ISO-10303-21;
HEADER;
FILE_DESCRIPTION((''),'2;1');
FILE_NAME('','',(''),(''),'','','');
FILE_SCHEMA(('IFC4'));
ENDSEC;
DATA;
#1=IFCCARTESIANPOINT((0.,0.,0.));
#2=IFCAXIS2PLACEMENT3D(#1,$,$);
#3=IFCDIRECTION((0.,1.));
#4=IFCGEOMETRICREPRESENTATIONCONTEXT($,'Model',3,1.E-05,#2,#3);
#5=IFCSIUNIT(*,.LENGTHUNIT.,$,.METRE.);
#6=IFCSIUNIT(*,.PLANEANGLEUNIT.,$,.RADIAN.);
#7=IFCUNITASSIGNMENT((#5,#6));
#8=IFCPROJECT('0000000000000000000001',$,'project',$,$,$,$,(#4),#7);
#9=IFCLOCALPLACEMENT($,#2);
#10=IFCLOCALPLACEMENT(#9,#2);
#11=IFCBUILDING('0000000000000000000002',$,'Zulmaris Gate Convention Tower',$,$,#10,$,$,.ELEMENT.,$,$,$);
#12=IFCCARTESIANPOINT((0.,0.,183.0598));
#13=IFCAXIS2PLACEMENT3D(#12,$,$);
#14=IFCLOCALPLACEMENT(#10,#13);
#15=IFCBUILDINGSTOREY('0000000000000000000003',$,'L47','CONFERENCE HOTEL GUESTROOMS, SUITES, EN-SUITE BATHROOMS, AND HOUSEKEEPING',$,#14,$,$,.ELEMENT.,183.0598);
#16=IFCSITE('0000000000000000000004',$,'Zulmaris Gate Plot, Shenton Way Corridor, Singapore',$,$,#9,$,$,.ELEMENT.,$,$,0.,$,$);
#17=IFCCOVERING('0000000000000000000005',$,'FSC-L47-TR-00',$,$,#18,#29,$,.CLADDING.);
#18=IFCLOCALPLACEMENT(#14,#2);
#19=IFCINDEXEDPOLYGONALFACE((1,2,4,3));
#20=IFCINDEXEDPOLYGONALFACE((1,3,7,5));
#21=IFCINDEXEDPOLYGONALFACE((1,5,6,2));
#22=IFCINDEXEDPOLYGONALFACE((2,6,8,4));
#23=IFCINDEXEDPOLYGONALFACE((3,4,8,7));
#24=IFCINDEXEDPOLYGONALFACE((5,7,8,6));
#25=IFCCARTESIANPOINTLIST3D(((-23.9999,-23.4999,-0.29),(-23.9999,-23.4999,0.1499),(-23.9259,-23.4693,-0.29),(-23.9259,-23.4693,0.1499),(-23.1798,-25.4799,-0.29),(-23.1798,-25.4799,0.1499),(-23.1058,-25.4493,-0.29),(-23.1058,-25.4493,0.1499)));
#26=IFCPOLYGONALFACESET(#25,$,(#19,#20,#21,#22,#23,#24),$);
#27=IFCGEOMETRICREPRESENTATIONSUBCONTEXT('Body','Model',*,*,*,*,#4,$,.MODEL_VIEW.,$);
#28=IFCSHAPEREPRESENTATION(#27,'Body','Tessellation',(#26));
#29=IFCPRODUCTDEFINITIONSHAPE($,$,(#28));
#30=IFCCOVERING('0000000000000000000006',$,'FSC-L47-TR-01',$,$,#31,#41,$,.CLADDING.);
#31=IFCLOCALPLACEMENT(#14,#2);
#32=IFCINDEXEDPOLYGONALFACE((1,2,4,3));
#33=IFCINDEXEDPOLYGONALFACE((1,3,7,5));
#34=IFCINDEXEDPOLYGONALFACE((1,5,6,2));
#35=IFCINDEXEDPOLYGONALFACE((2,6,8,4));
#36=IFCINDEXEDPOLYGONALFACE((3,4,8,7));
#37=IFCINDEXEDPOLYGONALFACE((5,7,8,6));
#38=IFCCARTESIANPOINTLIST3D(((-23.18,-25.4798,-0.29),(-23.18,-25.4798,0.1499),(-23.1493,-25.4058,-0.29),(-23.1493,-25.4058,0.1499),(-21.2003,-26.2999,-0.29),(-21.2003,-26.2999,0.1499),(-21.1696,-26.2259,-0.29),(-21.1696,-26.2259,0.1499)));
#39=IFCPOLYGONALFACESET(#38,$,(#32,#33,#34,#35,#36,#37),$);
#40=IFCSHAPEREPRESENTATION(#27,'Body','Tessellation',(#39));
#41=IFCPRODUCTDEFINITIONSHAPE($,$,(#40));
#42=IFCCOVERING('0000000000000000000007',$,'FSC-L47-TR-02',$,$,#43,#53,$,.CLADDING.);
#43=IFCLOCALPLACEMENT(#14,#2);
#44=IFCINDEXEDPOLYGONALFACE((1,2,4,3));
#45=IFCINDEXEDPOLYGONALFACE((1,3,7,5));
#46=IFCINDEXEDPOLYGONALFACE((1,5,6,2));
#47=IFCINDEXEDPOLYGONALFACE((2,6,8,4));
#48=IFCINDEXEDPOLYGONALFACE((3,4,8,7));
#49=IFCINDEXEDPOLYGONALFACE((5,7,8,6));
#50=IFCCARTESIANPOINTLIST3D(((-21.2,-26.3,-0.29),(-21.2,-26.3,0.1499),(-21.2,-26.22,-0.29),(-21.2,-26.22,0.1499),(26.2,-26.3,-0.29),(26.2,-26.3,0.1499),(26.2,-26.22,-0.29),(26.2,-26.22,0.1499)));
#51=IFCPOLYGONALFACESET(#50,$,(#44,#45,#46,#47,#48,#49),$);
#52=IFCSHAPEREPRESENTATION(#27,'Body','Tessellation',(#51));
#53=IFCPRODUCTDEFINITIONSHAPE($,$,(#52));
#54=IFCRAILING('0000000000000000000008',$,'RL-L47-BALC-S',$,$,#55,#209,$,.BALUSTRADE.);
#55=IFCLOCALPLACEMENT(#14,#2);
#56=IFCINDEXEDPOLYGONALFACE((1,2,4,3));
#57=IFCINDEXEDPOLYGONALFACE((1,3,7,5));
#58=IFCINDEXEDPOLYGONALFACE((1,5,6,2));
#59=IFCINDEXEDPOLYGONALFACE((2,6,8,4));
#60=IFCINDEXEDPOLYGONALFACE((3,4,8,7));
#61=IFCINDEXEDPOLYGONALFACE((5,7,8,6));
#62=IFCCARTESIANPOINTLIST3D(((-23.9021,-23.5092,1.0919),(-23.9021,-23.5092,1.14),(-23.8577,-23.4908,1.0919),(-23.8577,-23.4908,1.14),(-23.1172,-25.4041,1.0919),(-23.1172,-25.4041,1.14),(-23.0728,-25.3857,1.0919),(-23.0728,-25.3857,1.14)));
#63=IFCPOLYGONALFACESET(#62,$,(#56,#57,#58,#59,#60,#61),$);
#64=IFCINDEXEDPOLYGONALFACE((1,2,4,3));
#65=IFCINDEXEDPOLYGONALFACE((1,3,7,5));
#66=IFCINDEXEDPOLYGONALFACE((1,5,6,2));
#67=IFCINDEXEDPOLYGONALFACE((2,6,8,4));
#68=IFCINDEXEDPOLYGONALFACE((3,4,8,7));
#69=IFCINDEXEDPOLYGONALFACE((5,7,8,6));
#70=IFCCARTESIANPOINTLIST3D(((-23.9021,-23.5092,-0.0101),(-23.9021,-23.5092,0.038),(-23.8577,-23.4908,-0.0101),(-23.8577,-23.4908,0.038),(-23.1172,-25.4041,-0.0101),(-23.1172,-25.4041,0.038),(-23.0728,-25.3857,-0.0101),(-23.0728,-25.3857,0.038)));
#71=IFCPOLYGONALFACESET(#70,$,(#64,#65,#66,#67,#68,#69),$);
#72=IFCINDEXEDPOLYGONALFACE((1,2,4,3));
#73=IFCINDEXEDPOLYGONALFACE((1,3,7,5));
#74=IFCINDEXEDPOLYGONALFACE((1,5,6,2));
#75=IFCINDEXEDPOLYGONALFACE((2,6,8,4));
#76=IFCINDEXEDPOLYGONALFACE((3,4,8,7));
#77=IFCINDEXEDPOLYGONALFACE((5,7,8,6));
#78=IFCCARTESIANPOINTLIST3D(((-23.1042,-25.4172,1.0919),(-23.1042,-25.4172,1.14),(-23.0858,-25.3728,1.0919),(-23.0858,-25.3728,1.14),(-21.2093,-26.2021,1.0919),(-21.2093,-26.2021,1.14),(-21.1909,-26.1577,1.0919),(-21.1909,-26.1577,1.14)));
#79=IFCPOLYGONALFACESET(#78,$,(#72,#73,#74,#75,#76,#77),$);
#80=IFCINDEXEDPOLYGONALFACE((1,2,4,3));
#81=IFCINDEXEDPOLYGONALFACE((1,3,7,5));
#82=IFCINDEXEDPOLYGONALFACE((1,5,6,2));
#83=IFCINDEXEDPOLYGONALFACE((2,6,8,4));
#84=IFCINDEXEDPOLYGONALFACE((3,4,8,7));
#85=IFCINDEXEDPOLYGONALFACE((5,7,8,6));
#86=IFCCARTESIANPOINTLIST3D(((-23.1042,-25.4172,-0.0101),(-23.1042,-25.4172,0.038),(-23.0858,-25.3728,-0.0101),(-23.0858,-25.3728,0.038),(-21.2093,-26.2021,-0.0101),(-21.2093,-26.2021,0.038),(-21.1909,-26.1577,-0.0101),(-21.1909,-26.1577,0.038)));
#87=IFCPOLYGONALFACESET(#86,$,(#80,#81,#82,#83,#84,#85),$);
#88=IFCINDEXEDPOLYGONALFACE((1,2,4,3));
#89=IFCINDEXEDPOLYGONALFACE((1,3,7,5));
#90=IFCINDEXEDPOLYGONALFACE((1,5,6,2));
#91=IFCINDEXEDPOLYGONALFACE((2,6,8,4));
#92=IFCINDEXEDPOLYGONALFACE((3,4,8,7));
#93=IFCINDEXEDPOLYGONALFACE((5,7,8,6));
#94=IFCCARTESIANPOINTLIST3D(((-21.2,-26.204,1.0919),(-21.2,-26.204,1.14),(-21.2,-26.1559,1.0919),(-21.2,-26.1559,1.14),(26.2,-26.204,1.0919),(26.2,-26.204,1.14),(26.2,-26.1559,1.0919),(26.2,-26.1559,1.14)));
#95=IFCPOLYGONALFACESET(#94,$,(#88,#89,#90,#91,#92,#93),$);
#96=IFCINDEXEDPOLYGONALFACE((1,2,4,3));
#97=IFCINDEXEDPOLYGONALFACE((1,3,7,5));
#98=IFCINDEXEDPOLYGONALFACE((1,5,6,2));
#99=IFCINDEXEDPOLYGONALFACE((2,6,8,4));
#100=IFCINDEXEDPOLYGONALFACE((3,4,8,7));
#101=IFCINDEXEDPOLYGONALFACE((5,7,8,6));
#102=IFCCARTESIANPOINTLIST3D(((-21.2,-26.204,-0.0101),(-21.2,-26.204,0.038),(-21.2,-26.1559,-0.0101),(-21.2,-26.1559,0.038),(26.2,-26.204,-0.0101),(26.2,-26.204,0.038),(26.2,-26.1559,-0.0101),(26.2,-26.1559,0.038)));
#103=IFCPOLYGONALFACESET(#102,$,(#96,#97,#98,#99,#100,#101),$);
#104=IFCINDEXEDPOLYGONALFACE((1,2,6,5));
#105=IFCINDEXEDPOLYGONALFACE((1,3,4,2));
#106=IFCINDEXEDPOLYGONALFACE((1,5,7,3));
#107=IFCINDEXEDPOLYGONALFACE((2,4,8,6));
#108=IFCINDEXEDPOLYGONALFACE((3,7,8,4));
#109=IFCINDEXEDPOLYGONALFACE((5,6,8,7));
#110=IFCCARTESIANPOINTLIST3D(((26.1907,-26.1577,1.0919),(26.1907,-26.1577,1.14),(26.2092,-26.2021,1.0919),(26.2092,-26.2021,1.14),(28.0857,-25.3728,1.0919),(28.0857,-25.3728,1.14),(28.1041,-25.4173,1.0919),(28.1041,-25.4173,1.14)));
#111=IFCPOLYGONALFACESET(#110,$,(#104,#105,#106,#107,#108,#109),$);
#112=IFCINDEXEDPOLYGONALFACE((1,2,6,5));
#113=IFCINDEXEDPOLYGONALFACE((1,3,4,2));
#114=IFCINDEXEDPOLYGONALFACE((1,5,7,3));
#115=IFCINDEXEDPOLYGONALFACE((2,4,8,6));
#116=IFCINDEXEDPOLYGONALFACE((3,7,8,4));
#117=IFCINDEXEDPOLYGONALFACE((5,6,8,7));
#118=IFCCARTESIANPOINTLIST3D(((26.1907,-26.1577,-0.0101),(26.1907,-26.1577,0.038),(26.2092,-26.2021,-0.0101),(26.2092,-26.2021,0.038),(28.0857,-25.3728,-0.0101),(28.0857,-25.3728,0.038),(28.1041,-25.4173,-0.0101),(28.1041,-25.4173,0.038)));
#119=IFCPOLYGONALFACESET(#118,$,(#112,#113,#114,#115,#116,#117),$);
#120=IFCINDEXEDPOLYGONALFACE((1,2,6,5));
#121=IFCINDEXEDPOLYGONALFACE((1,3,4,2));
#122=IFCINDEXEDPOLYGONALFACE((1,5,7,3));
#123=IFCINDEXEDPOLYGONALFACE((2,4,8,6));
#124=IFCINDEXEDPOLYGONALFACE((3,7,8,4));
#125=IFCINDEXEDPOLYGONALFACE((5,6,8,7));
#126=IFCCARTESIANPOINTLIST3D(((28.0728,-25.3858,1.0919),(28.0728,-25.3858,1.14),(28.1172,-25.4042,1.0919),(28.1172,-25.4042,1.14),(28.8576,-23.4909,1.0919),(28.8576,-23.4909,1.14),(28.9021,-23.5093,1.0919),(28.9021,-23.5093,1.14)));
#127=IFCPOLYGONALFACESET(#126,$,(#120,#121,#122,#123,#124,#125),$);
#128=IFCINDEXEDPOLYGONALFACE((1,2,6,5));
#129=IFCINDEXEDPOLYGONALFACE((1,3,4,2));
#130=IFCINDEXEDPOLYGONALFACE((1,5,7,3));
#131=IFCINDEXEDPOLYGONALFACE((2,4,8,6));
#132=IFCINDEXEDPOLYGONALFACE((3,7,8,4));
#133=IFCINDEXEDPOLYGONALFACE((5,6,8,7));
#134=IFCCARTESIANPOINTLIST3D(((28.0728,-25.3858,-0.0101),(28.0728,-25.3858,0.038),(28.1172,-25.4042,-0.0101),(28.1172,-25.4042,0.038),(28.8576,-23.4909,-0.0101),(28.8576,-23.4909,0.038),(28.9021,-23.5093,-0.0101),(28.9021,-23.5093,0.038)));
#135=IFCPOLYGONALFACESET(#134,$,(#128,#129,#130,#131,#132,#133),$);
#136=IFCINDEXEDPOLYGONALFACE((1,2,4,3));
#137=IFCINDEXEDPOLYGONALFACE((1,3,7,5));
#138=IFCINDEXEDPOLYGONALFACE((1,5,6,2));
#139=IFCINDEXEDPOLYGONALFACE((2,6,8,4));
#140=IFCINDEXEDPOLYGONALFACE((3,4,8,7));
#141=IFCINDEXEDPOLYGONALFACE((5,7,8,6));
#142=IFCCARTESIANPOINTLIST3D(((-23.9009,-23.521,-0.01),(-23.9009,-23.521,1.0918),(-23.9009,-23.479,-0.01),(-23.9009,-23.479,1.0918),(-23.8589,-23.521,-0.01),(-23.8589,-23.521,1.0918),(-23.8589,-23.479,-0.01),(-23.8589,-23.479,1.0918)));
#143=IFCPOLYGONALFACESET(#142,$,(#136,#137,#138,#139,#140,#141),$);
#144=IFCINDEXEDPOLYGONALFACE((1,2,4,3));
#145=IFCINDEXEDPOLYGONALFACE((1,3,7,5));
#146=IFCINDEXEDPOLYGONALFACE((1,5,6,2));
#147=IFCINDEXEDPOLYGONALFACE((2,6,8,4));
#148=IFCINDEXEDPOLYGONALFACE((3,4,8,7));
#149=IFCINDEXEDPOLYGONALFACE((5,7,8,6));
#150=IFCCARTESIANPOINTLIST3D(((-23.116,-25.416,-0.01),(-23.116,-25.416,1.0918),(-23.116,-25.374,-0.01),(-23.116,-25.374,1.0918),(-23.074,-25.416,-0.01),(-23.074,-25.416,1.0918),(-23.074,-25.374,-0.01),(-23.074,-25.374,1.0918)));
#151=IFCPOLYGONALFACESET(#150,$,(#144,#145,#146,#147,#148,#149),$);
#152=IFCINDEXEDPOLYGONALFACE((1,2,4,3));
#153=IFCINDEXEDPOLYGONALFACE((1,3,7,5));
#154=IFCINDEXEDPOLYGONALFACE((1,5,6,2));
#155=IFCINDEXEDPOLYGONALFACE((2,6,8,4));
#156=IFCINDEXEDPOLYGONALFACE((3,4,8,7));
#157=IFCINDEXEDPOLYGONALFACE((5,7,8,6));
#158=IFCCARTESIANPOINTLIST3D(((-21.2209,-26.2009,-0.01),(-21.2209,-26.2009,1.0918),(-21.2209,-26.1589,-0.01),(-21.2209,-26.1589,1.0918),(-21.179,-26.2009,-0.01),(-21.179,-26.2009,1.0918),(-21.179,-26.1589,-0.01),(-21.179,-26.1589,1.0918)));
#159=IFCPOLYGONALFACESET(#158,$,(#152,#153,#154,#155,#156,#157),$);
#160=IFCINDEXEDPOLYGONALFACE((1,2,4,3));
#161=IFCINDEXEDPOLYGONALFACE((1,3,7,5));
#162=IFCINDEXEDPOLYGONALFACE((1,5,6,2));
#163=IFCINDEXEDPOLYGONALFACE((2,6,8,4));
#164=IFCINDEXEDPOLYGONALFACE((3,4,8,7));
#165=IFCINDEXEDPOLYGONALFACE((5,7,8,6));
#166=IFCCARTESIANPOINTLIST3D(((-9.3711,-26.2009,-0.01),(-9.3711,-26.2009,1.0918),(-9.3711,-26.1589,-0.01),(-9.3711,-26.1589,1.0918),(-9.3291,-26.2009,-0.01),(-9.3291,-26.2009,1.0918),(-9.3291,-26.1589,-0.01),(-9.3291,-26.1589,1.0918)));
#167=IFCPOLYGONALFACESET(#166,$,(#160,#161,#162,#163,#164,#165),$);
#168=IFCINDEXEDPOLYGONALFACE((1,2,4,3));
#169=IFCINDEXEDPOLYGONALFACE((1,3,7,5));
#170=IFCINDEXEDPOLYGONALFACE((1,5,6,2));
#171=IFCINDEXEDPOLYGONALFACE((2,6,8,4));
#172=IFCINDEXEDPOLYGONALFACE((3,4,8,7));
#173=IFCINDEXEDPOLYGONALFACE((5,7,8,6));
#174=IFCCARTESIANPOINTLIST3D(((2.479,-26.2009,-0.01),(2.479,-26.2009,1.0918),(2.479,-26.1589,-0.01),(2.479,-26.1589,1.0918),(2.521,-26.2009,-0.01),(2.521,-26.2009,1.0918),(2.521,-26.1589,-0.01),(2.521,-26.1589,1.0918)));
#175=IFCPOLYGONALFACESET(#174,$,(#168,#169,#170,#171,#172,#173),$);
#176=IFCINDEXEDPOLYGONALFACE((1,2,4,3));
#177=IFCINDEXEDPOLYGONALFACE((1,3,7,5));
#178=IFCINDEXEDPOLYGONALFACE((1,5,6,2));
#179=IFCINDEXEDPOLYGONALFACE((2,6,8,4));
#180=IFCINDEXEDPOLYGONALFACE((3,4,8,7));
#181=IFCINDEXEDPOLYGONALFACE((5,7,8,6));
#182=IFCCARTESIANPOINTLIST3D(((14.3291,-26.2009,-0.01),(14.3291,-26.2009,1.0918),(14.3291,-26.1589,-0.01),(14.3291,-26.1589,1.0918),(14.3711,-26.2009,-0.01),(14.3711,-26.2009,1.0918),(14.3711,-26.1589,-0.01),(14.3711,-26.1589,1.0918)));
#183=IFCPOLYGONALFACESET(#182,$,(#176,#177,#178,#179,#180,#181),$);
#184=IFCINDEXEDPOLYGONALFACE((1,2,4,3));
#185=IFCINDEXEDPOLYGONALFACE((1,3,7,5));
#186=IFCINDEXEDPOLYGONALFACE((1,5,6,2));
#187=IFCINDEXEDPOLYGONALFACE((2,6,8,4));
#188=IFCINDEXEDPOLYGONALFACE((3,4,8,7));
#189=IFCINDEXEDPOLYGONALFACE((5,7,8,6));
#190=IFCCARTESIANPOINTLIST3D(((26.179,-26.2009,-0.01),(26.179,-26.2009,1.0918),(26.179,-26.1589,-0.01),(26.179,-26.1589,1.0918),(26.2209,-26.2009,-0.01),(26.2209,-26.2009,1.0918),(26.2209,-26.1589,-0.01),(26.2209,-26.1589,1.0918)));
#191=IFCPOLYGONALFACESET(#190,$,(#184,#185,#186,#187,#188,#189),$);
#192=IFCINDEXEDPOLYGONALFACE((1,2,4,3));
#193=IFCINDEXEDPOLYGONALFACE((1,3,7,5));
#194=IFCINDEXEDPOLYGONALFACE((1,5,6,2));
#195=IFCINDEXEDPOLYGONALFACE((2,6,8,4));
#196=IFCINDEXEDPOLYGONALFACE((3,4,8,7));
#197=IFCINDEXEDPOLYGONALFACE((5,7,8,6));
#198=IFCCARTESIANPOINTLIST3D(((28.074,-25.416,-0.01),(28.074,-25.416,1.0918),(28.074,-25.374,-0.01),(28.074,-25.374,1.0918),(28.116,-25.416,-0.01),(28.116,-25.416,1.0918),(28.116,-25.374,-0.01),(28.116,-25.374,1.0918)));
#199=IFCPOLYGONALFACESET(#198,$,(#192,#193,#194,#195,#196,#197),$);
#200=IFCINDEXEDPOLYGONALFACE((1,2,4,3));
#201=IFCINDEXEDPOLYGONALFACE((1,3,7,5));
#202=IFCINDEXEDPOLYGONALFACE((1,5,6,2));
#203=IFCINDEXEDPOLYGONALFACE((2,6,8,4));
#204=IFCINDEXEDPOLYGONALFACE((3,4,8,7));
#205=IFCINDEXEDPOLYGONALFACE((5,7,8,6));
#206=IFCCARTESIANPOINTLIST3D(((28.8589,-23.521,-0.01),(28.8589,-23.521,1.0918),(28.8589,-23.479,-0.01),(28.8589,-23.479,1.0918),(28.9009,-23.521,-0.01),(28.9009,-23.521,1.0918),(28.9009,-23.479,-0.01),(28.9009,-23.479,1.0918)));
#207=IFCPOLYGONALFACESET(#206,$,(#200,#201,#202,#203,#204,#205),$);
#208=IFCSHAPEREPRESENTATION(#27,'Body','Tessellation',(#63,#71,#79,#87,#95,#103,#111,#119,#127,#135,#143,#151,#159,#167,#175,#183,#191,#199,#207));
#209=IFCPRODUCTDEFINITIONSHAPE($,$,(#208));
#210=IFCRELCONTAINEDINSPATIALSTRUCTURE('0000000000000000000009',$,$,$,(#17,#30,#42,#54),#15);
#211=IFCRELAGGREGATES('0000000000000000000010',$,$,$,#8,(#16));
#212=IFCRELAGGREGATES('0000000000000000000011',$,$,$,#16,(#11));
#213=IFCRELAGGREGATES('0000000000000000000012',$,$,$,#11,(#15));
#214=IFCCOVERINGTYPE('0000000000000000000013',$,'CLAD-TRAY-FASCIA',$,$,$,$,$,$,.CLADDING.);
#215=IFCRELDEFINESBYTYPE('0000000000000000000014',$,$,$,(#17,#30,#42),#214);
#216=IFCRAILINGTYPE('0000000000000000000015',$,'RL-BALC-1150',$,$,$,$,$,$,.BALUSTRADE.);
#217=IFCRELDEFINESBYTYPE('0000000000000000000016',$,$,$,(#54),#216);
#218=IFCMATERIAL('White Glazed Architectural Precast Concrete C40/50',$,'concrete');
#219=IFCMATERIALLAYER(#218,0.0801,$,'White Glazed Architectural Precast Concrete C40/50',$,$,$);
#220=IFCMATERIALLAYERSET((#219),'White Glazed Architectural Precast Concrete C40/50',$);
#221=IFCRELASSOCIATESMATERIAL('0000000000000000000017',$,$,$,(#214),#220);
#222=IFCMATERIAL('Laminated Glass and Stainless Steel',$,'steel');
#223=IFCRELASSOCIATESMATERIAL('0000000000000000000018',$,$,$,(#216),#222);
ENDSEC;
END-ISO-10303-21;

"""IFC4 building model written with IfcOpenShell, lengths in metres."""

from ifc_helpers import new_model, si_unit, direction, frame, frame_2d, origin, origin_2d, place, context, subcontext, project, spatial, rectangle, extrude, material, layer, layer_set, type_object, element, save


model = new_model("IFC4")

# Units and contexts
model_context = context("Model", 3, precision=1e-05, world=origin(), true_north=direction((0.0, 1.0)))
body_context = subcontext(model_context, "Body", "Model", "MODEL_VIEW")
ifc_project = project(units=[si_unit("LENGTHUNIT", "METRE"), si_unit("PLANEANGLEUNIT", "RADIAN")], contexts=[model_context])

# Site, building, storey
site_placement = place(None, origin())
site = spatial("IfcSite", under=ifc_project, at=site_placement, Name="Zulmaris Gate Plot, Shenton Way Corridor, Singapore", CompositionType="ELEMENT", RefElevation=0.0)
building_placement = place(site_placement, origin())
building = spatial("IfcBuilding", under=site, at=building_placement, Name="Zulmaris Gate Convention Tower", CompositionType="ELEMENT")
storey_placement = place(building_placement, frame((0.0, 0.0, 183.0598)))
storey = spatial("IfcBuildingStorey", under=building, at=storey_placement, Name="L47", Description="CONFERENCE HOTEL GUESTROOMS, SUITES, EN-SUITE BATHROOMS, AND HOUSEKEEPING", CompositionType="ELEMENT", Elevation=183.0598)

# Coverings
ifc_material_1 = material(Name="White Glazed Architectural Precast Concrete C40/50", Category="concrete")
ifc_layer_1 = layer(ifc_material_1, 0.0801, Name="White Glazed Architectural Precast Concrete C40/50")
ifc_layer_set_1 = layer_set([ifc_layer_1], Name="White Glazed Architectural Precast Concrete C40/50")
covering_type = type_object("IfcCoveringType", Name="CLAD-TRAY-FASCIA", PredefinedType="CLADDING", material=ifc_layer_set_1)
covering_1_placement = place(storey_placement, frame((-23.9629, -23.4846, -0.29), z_axis=(0.0, 0.0, 1.0), x_axis=(0.382657, -0.92389, 0.0)))
element("IfcCovering", 1, at=covering_1_placement, inside=storey, type_object=covering_type, Name="FSC-L47-TR-00", PredefinedType="CLADDING", context=body_context, shape_type="SweptSolid", body=[
    extrude(rectangle(XDim=2.1431, YDim=0.0801, at=frame_2d((1.0715, 0.0))), origin(), (0.0, 0.0, 1.0), 0.4399),
])
covering_2_placement = place(storey_placement, frame((-23.1646, -25.4429, -0.29), z_axis=(0.0, 0.0, 1.0), x_axis=(0.923874, -0.382697, 0.0)))
element("IfcCovering", 2, at=covering_2_placement, inside=storey, type_object=covering_type, Name="FSC-L47-TR-01", PredefinedType="CLADDING", context=body_context, shape_type="SweptSolid", body=[
    extrude(rectangle(XDim=2.1428, YDim=0.0801, at=frame_2d((1.0713, 0.0))), origin(), (0.0, 0.0, 1.0), 0.4399),
])
covering_3_placement = place(storey_placement, frame((-21.2, -26.26, -0.29), z_axis=(0.0, 0.0, 1.0), x_axis=(1.0, 0.0, 0.0)))
element("IfcCovering", 3, at=covering_3_placement, inside=storey, type_object=covering_type, Name="FSC-L47-TR-02", PredefinedType="CLADDING", context=body_context, shape_type="SweptSolid", body=[
    extrude(rectangle(XDim=47.3999, YDim=0.0801, at=frame_2d((23.7, 0.0))), origin(), (0.0, 0.0, 1.0), 0.4399),
])

# Railing
ifc_material_2 = material(Name="Laminated Glass and Stainless Steel", Category="steel")
railing_type = type_object("IfcRailingType", Name="RL-BALC-1150", PredefinedType="BALUSTRADE", material=ifc_material_2)
railing_placement = place(storey_placement, frame((-23.8799, -23.5, -0.01)))
element("IfcRailing", 4, at=railing_placement, inside=storey, type_object=railing_type, Name="RL-L47-BALC-S", PredefinedType="BALUSTRADE", context=body_context, shape_type="SweptSolid", body=[
    extrude(rectangle(XDim=0.0481, YDim=0.0481, at=origin_2d()), frame((0.0, 0.0, 1.126), z_axis=(0.382671, -0.923885, 0.0), x_axis=(0.923885, 0.382671, 0.0)), (0.0, 0.0, 1.0), 2.051),
    extrude(rectangle(XDim=0.0481, YDim=0.0481, at=origin_2d()), frame((0.0, 0.0, 0.0239), z_axis=(0.382671, -0.923885, 0.0), x_axis=(0.923885, 0.382671, 0.0)), (0.0, 0.0, 1.0), 2.051),
    extrude(rectangle(XDim=0.0481, YDim=0.0481, at=origin_2d()), frame((0.7849, -1.895, 1.126), z_axis=(0.923885, -0.382671, 0.0), x_axis=(0.382671, 0.923885, 0.0)), (0.0, 0.0, 1.0), 2.051),
    extrude(rectangle(XDim=0.0481, YDim=0.0481, at=origin_2d()), frame((0.7849, -1.895, 0.0239), z_axis=(0.923885, -0.382671, 0.0), x_axis=(0.382671, 0.923885, 0.0)), (0.0, 0.0, 1.0), 2.051),
    extrude(rectangle(XDim=0.0481, YDim=0.0481, at=origin_2d()), frame((2.6799, -2.6799, 1.126), z_axis=(1.0, 0.0, 0.0), x_axis=(0.0, 1.0, 0.0)), (0.0, 0.0, 1.0), 47.3999),
    extrude(rectangle(XDim=0.0481, YDim=0.0481, at=origin_2d()), frame((2.6799, -2.6799, 0.0239), z_axis=(1.0, 0.0, 0.0), x_axis=(0.0, 1.0, 0.0)), (0.0, 0.0, 1.0), 47.3999),
    extrude(rectangle(XDim=0.0481, YDim=0.0481, at=origin_2d()), frame((50.0798, -2.6799, 1.126), z_axis=(0.923885, 0.382671, 0.0), x_axis=(-0.382671, 0.923885, 0.0)), (0.0, 0.0, 1.0), 2.051),
    extrude(rectangle(XDim=0.0481, YDim=0.0481, at=origin_2d()), frame((50.0798, -2.6799, 0.0239), z_axis=(0.923885, 0.382671, 0.0), x_axis=(-0.382671, 0.923885, 0.0)), (0.0, 0.0, 1.0), 2.051),
    extrude(rectangle(XDim=0.0481, YDim=0.0481, at=origin_2d()), frame((51.9749, -1.895, 1.126), z_axis=(0.382671, 0.923885, 0.0), x_axis=(-0.923885, 0.382671, 0.0)), (0.0, 0.0, 1.0), 2.051),
    extrude(rectangle(XDim=0.0481, YDim=0.0481, at=origin_2d()), frame((51.9749, -1.895, 0.0239), z_axis=(0.382671, 0.923885, 0.0), x_axis=(-0.923885, 0.382671, 0.0)), (0.0, 0.0, 1.0), 2.051),
    extrude(rectangle(XDim=0.042, YDim=0.042, at=origin_2d()), origin(), (0.0, 0.0, 1.0), 1.1018),
    extrude(rectangle(XDim=0.042, YDim=0.042, at=origin_2d()), frame((0.7849, -1.895, 0.0)), (0.0, 0.0, 1.0), 1.1018),
    extrude(rectangle(XDim=0.042, YDim=0.042, at=origin_2d()), frame((2.6799, -2.6799, 0.0)), (0.0, 0.0, 1.0), 1.1018),
    extrude(rectangle(XDim=0.042, YDim=0.042, at=origin_2d()), frame((14.5298, -2.6799, 0.0)), (0.0, 0.0, 1.0), 1.1018),
    extrude(rectangle(XDim=0.042, YDim=0.042, at=origin_2d()), frame((26.3799, -2.6799, 0.0)), (0.0, 0.0, 1.0), 1.1018),
    extrude(rectangle(XDim=0.042, YDim=0.042, at=origin_2d()), frame((38.23, -2.6799, 0.0)), (0.0, 0.0, 1.0), 1.1018),
    extrude(rectangle(XDim=0.042, YDim=0.042, at=origin_2d()), frame((50.0798, -2.6799, 0.0)), (0.0, 0.0, 1.0), 1.1018),
    extrude(rectangle(XDim=0.042, YDim=0.042, at=origin_2d()), frame((51.9749, -1.895, 0.0)), (0.0, 0.0, 1.0), 1.1018),
    extrude(rectangle(XDim=0.042, YDim=0.042, at=origin_2d()), frame((52.7598, 0.0, 0.0)), (0.0, 0.0, 1.0), 1.1018),
])

save(model, "model.ifc")
